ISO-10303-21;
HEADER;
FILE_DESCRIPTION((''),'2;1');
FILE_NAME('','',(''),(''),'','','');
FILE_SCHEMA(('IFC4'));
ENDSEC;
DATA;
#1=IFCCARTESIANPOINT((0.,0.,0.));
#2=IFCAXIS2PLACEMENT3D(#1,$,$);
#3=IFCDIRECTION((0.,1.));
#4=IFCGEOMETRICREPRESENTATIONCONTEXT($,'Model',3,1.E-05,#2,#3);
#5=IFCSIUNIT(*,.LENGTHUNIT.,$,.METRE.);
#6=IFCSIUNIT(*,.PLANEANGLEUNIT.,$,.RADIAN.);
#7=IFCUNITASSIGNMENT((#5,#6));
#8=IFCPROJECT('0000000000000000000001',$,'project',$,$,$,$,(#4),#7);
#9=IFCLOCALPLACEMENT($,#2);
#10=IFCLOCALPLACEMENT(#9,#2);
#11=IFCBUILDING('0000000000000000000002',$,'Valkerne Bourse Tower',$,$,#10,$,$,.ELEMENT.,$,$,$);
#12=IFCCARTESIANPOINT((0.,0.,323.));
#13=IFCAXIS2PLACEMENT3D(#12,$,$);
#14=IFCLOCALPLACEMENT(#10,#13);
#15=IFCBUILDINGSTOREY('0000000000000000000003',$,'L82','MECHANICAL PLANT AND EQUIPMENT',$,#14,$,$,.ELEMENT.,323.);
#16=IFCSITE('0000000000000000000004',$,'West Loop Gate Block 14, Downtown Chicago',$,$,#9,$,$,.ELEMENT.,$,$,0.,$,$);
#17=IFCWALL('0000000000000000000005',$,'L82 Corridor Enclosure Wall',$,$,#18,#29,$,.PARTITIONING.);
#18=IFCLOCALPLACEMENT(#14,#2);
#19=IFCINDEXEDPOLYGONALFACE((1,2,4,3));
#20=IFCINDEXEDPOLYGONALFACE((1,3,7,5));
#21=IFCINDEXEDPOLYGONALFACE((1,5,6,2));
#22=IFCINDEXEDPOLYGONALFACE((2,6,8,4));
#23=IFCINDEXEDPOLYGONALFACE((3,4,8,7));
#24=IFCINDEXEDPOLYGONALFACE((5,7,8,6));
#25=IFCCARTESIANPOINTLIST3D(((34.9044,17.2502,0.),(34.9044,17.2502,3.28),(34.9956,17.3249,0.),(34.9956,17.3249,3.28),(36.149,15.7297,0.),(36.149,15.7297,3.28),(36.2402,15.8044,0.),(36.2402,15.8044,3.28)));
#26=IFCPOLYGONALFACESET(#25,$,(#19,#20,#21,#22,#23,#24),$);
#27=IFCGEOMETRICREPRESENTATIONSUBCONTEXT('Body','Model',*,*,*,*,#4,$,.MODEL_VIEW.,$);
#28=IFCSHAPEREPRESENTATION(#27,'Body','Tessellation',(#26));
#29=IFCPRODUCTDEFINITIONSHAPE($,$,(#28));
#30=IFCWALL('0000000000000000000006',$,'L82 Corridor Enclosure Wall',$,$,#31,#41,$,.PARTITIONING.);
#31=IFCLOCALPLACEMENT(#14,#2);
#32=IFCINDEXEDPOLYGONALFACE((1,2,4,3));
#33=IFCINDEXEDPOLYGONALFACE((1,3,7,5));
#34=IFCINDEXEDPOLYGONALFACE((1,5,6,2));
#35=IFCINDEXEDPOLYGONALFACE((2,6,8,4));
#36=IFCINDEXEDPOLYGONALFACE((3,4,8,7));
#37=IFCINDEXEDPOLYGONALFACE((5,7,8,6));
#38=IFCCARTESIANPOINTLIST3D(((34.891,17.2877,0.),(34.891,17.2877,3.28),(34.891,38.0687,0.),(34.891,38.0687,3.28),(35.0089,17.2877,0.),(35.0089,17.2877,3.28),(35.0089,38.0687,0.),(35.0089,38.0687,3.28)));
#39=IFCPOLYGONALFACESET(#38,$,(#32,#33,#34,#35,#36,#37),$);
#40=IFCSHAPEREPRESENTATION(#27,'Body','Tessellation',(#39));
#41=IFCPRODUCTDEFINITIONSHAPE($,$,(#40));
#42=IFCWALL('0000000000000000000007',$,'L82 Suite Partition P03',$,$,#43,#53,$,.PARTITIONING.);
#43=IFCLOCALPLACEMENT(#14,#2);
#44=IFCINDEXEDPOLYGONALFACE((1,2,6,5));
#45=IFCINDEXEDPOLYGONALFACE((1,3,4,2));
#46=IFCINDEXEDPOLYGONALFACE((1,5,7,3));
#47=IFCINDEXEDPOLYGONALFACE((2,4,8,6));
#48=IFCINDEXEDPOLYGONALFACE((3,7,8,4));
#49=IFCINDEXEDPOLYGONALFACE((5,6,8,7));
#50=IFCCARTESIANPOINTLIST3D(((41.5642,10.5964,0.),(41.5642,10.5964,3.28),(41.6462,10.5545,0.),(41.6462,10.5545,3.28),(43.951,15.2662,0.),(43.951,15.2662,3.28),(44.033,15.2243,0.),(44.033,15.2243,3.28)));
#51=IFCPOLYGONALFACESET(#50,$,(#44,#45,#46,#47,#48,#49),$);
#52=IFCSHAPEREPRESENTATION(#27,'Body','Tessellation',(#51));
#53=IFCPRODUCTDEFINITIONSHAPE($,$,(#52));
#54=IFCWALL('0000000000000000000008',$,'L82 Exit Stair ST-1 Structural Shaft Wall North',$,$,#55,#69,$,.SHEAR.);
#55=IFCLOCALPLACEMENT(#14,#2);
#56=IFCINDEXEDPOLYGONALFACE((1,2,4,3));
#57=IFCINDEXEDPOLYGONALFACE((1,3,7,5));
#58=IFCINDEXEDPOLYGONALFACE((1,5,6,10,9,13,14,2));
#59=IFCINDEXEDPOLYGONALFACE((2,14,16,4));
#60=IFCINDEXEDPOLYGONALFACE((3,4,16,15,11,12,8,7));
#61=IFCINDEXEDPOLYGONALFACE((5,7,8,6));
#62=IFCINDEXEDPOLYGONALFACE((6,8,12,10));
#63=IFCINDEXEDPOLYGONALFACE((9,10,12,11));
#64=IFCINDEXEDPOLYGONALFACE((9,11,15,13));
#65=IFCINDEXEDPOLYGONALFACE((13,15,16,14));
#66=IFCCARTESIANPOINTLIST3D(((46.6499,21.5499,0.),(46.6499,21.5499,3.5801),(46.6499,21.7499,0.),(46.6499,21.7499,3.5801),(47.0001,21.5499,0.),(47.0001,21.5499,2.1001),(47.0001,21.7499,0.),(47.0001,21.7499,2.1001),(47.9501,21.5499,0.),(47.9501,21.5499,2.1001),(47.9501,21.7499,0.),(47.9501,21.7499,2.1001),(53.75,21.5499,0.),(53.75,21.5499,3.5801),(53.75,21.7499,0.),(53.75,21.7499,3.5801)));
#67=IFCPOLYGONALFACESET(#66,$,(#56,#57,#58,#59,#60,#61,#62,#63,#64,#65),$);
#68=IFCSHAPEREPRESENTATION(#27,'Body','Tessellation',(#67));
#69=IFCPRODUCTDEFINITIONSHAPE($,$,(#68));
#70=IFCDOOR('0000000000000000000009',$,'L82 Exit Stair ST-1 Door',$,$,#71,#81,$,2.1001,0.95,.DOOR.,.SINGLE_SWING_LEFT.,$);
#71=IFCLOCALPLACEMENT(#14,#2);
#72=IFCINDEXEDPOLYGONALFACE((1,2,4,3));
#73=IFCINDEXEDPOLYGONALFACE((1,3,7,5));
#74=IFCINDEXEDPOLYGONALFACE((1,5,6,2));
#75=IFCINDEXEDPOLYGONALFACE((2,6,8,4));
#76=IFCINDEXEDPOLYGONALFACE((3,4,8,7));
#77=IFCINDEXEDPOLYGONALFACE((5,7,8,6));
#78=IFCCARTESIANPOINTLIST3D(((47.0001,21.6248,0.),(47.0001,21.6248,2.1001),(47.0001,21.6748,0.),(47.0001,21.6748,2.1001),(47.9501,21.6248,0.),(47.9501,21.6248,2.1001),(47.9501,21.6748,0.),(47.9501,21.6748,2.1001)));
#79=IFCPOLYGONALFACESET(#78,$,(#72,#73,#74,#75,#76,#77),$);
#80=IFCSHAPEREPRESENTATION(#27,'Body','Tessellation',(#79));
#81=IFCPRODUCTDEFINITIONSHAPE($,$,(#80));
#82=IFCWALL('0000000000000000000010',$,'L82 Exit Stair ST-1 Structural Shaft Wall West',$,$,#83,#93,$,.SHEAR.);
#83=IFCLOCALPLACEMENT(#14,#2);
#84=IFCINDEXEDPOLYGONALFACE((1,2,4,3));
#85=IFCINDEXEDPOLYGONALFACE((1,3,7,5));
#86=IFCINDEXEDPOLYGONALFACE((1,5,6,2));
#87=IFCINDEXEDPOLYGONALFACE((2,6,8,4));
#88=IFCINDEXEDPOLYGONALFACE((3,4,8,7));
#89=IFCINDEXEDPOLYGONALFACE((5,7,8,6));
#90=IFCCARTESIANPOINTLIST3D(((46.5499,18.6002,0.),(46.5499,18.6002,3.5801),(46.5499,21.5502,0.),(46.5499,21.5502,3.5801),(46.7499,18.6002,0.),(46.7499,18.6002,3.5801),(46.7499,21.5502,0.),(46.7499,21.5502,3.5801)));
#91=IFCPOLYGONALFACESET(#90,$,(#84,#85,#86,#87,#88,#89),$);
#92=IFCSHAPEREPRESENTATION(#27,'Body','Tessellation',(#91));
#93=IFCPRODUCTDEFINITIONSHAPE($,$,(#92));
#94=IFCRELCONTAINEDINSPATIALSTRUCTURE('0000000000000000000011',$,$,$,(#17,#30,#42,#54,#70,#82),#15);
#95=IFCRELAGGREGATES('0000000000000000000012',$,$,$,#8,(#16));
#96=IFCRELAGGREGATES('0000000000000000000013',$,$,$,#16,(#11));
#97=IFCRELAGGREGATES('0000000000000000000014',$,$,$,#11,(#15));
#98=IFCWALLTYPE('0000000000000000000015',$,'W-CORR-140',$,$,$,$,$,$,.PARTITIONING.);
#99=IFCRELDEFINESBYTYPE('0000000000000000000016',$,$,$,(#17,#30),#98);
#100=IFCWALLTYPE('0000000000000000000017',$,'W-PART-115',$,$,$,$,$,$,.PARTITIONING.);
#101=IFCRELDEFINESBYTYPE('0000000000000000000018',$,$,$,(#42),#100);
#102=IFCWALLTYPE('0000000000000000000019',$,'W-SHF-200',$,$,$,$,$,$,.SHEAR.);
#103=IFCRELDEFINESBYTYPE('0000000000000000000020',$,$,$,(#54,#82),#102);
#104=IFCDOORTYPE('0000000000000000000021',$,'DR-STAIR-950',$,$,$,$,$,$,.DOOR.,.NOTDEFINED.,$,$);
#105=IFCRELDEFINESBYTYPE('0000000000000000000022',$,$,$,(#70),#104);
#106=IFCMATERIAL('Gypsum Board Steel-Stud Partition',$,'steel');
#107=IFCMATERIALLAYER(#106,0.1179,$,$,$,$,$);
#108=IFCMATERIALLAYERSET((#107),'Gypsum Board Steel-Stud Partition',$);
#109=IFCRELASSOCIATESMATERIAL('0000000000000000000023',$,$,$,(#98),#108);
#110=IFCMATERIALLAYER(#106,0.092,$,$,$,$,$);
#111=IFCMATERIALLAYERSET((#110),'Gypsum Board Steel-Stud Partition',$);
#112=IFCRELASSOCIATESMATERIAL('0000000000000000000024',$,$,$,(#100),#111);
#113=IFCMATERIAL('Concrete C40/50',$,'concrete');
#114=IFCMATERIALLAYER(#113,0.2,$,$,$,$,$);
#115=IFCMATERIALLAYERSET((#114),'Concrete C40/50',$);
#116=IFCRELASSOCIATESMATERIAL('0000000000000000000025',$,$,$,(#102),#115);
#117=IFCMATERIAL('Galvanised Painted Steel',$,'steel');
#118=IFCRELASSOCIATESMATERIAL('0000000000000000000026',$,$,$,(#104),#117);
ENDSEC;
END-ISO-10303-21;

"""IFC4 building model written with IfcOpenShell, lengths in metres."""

from ifc_helpers import new_model, si_unit, direction, frame, frame_2d, origin, place, context, subcontext, project, spatial, rectangle, extrude, material, layer, layer_set, type_object, element, fill, save


model = new_model("IFC4")

# Units and contexts
model_context = context("Model", 3, precision=1e-05, world=origin(), true_north=direction((0.0, 1.0)))
body_context = subcontext(model_context, "Body", "Model", "MODEL_VIEW")
ifc_project = project(units=[si_unit("LENGTHUNIT", "METRE"), si_unit("PLANEANGLEUNIT", "RADIAN")], contexts=[model_context])

# Site, building, storey
site_placement = place(None, origin())
site = spatial("IfcSite", under=ifc_project, at=site_placement, Name="West Loop Gate Block 14, Downtown Chicago", CompositionType="ELEMENT", RefElevation=0.0)
building_placement = place(site_placement, origin())
building = spatial("IfcBuilding", under=site, at=building_placement, Name="Valkerne Bourse Tower", CompositionType="ELEMENT")
storey_placement = place(building_placement, frame((0.0, 0.0, 323.0)))
storey = spatial("IfcBuildingStorey", under=building, at=storey_placement, Name="L82", Description="MECHANICAL PLANT AND EQUIPMENT", CompositionType="ELEMENT", Elevation=323.0)

# Walls
ifc_material_1 = material(Name="Gypsum Board Steel-Stud Partition", Category="steel")
ifc_layer_1 = layer(ifc_material_1, 0.1179)
ifc_layer_set_1 = layer_set([ifc_layer_1], Name="Gypsum Board Steel-Stud Partition")
wall_type_1 = type_object("IfcWallType", Name="W-CORR-140", PredefinedType="PARTITIONING", material=ifc_layer_set_1)
wall_1_placement = place(storey_placement, frame((36.1946, 15.7671, 0.0), z_axis=(0.0, 0.0, 1.0), x_axis=(-0.633414, 0.773813, 0.0)))
element("IfcWall", 1, at=wall_1_placement, inside=storey, type_object=wall_type_1, Name="L82 Corridor Enclosure Wall", PredefinedType="PARTITIONING", context=body_context, shape_type="SweptSolid", body=[
    extrude(rectangle(XDim=1.9648, YDim=0.1179, at=frame_2d((0.9824, 0.0))), origin(), (0.0, 0.0, 1.0), 3.28),
])
wall_2_placement = place(storey_placement, frame((34.95, 17.2876, 0.0), z_axis=(0.0, 0.0, 1.0), x_axis=(0.0, 1.0, 0.0)))
element("IfcWall", 2, at=wall_2_placement, inside=storey, type_object=wall_type_1, Name="L82 Corridor Enclosure Wall", PredefinedType="PARTITIONING", context=body_context, shape_type="SweptSolid", body=[
    extrude(rectangle(XDim=20.781, YDim=0.1179, at=frame_2d((10.3906, 0.0))), origin(), (0.0, 0.0, 1.0), 3.28),
])
ifc_layer_2 = layer(ifc_material_1, 0.092)
ifc_layer_set_2 = layer_set([ifc_layer_2], Name="Gypsum Board Steel-Stud Partition")
wall_type_2 = type_object("IfcWallType", Name="W-PART-115", PredefinedType="PARTITIONING", material=ifc_layer_set_2)
wall_3_placement = place(storey_placement, frame((43.9919, 15.2451, 0.0), z_axis=(0.0, 0.0, 1.0), x_axis=(-0.45511, -0.890435, 0.0)))
element("IfcWall", 3, at=wall_3_placement, inside=storey, type_object=wall_type_2, Name="L82 Suite Partition P03", PredefinedType="PARTITIONING", context=body_context, shape_type="SweptSolid", body=[
    extrude(rectangle(XDim=5.2444, YDim=0.092, at=frame_2d((2.6221, 0.0))), origin(), (0.0, 0.0, 1.0), 3.28),
])

# Wall, opening, door
ifc_material_2 = material(Name="Concrete C40/50", Category="concrete")
ifc_layer_3 = layer(ifc_material_2, 0.2)
ifc_layer_set_3 = layer_set([ifc_layer_3], Name="Concrete C40/50")
wall_type_3 = type_object("IfcWallType", Name="W-SHF-200", PredefinedType="SHEAR", material=ifc_layer_set_3)
wall_4_placement = place(storey_placement, frame((46.6499, 21.6499, 0.0), z_axis=(0.0, 0.0, 1.0), x_axis=(1.0, 0.0, 0.0)))
wall_4 = element("IfcWall", 4, at=wall_4_placement, inside=storey, type_object=wall_type_3, Name="L82 Exit Stair ST-1 Structural Shaft Wall North", PredefinedType="SHEAR", context=body_context, shape_type="SweptSolid", body=[
    extrude(rectangle(XDim=7.1001, YDim=0.2, at=frame_2d((3.55, 0.0))), origin(), (0.0, 0.0, 1.0), 3.5801),
])
opening_placement = place(wall_4_placement, frame((0.3501, 0.0, 0.0)))
opening = element("IfcOpeningElement", 5, at=opening_placement, cuts=wall_4, PredefinedType="OPENING", context=body_context, shape_type="SweptSolid", body=[
    extrude(rectangle(XDim=0.95, YDim=2.1001, at=frame_2d((0.4751, 1.05))), frame((0.0, 0.1099, 0.0), z_axis=(0.0, -1.0, 0.0), x_axis=(1.0, 0.0, 0.0)), (0.0, 0.0, 1.0), 0.22),
])
ifc_material_3 = material(Name="Galvanised Painted Steel", Category="steel")
door_type = type_object("IfcDoorType", Name="DR-STAIR-950", OperationType="NOTDEFINED", PredefinedType="DOOR", material=ifc_material_3)
door_placement = place(opening_placement, origin())
door = element("IfcDoor", 6, at=door_placement, inside=storey, type_object=door_type, Name="L82 Exit Stair ST-1 Door", OperationType="SINGLE_SWING_LEFT", OverallHeight=2.1001, OverallWidth=0.95, PredefinedType="DOOR", context=body_context, shape_type="SweptSolid", body=[
    extrude(rectangle(XDim=0.95, YDim=2.1001, at=frame_2d((0.4751, 1.05))), frame((0.0, 0.0249, 0.0), z_axis=(0.0, -1.0, 0.0), x_axis=(1.0, 0.0, 0.0)), (0.0, 0.0, 1.0), 0.05),
])
fill(opening, door)

# Wall
wall_5_placement = place(storey_placement, frame((46.6499, 18.6001, 0.0), z_axis=(0.0, 0.0, 1.0), x_axis=(0.0, 1.0, 0.0)))
element("IfcWall", 7, at=wall_5_placement, inside=storey, type_object=wall_type_3, Name="L82 Exit Stair ST-1 Structural Shaft Wall West", PredefinedType="SHEAR", context=body_context, shape_type="SweptSolid", body=[
    extrude(rectangle(XDim=2.95, YDim=0.2, at=frame_2d((1.4751, 0.0))), origin(), (0.0, 0.0, 1.0), 3.5801),
])

save(model, "model.ifc")
